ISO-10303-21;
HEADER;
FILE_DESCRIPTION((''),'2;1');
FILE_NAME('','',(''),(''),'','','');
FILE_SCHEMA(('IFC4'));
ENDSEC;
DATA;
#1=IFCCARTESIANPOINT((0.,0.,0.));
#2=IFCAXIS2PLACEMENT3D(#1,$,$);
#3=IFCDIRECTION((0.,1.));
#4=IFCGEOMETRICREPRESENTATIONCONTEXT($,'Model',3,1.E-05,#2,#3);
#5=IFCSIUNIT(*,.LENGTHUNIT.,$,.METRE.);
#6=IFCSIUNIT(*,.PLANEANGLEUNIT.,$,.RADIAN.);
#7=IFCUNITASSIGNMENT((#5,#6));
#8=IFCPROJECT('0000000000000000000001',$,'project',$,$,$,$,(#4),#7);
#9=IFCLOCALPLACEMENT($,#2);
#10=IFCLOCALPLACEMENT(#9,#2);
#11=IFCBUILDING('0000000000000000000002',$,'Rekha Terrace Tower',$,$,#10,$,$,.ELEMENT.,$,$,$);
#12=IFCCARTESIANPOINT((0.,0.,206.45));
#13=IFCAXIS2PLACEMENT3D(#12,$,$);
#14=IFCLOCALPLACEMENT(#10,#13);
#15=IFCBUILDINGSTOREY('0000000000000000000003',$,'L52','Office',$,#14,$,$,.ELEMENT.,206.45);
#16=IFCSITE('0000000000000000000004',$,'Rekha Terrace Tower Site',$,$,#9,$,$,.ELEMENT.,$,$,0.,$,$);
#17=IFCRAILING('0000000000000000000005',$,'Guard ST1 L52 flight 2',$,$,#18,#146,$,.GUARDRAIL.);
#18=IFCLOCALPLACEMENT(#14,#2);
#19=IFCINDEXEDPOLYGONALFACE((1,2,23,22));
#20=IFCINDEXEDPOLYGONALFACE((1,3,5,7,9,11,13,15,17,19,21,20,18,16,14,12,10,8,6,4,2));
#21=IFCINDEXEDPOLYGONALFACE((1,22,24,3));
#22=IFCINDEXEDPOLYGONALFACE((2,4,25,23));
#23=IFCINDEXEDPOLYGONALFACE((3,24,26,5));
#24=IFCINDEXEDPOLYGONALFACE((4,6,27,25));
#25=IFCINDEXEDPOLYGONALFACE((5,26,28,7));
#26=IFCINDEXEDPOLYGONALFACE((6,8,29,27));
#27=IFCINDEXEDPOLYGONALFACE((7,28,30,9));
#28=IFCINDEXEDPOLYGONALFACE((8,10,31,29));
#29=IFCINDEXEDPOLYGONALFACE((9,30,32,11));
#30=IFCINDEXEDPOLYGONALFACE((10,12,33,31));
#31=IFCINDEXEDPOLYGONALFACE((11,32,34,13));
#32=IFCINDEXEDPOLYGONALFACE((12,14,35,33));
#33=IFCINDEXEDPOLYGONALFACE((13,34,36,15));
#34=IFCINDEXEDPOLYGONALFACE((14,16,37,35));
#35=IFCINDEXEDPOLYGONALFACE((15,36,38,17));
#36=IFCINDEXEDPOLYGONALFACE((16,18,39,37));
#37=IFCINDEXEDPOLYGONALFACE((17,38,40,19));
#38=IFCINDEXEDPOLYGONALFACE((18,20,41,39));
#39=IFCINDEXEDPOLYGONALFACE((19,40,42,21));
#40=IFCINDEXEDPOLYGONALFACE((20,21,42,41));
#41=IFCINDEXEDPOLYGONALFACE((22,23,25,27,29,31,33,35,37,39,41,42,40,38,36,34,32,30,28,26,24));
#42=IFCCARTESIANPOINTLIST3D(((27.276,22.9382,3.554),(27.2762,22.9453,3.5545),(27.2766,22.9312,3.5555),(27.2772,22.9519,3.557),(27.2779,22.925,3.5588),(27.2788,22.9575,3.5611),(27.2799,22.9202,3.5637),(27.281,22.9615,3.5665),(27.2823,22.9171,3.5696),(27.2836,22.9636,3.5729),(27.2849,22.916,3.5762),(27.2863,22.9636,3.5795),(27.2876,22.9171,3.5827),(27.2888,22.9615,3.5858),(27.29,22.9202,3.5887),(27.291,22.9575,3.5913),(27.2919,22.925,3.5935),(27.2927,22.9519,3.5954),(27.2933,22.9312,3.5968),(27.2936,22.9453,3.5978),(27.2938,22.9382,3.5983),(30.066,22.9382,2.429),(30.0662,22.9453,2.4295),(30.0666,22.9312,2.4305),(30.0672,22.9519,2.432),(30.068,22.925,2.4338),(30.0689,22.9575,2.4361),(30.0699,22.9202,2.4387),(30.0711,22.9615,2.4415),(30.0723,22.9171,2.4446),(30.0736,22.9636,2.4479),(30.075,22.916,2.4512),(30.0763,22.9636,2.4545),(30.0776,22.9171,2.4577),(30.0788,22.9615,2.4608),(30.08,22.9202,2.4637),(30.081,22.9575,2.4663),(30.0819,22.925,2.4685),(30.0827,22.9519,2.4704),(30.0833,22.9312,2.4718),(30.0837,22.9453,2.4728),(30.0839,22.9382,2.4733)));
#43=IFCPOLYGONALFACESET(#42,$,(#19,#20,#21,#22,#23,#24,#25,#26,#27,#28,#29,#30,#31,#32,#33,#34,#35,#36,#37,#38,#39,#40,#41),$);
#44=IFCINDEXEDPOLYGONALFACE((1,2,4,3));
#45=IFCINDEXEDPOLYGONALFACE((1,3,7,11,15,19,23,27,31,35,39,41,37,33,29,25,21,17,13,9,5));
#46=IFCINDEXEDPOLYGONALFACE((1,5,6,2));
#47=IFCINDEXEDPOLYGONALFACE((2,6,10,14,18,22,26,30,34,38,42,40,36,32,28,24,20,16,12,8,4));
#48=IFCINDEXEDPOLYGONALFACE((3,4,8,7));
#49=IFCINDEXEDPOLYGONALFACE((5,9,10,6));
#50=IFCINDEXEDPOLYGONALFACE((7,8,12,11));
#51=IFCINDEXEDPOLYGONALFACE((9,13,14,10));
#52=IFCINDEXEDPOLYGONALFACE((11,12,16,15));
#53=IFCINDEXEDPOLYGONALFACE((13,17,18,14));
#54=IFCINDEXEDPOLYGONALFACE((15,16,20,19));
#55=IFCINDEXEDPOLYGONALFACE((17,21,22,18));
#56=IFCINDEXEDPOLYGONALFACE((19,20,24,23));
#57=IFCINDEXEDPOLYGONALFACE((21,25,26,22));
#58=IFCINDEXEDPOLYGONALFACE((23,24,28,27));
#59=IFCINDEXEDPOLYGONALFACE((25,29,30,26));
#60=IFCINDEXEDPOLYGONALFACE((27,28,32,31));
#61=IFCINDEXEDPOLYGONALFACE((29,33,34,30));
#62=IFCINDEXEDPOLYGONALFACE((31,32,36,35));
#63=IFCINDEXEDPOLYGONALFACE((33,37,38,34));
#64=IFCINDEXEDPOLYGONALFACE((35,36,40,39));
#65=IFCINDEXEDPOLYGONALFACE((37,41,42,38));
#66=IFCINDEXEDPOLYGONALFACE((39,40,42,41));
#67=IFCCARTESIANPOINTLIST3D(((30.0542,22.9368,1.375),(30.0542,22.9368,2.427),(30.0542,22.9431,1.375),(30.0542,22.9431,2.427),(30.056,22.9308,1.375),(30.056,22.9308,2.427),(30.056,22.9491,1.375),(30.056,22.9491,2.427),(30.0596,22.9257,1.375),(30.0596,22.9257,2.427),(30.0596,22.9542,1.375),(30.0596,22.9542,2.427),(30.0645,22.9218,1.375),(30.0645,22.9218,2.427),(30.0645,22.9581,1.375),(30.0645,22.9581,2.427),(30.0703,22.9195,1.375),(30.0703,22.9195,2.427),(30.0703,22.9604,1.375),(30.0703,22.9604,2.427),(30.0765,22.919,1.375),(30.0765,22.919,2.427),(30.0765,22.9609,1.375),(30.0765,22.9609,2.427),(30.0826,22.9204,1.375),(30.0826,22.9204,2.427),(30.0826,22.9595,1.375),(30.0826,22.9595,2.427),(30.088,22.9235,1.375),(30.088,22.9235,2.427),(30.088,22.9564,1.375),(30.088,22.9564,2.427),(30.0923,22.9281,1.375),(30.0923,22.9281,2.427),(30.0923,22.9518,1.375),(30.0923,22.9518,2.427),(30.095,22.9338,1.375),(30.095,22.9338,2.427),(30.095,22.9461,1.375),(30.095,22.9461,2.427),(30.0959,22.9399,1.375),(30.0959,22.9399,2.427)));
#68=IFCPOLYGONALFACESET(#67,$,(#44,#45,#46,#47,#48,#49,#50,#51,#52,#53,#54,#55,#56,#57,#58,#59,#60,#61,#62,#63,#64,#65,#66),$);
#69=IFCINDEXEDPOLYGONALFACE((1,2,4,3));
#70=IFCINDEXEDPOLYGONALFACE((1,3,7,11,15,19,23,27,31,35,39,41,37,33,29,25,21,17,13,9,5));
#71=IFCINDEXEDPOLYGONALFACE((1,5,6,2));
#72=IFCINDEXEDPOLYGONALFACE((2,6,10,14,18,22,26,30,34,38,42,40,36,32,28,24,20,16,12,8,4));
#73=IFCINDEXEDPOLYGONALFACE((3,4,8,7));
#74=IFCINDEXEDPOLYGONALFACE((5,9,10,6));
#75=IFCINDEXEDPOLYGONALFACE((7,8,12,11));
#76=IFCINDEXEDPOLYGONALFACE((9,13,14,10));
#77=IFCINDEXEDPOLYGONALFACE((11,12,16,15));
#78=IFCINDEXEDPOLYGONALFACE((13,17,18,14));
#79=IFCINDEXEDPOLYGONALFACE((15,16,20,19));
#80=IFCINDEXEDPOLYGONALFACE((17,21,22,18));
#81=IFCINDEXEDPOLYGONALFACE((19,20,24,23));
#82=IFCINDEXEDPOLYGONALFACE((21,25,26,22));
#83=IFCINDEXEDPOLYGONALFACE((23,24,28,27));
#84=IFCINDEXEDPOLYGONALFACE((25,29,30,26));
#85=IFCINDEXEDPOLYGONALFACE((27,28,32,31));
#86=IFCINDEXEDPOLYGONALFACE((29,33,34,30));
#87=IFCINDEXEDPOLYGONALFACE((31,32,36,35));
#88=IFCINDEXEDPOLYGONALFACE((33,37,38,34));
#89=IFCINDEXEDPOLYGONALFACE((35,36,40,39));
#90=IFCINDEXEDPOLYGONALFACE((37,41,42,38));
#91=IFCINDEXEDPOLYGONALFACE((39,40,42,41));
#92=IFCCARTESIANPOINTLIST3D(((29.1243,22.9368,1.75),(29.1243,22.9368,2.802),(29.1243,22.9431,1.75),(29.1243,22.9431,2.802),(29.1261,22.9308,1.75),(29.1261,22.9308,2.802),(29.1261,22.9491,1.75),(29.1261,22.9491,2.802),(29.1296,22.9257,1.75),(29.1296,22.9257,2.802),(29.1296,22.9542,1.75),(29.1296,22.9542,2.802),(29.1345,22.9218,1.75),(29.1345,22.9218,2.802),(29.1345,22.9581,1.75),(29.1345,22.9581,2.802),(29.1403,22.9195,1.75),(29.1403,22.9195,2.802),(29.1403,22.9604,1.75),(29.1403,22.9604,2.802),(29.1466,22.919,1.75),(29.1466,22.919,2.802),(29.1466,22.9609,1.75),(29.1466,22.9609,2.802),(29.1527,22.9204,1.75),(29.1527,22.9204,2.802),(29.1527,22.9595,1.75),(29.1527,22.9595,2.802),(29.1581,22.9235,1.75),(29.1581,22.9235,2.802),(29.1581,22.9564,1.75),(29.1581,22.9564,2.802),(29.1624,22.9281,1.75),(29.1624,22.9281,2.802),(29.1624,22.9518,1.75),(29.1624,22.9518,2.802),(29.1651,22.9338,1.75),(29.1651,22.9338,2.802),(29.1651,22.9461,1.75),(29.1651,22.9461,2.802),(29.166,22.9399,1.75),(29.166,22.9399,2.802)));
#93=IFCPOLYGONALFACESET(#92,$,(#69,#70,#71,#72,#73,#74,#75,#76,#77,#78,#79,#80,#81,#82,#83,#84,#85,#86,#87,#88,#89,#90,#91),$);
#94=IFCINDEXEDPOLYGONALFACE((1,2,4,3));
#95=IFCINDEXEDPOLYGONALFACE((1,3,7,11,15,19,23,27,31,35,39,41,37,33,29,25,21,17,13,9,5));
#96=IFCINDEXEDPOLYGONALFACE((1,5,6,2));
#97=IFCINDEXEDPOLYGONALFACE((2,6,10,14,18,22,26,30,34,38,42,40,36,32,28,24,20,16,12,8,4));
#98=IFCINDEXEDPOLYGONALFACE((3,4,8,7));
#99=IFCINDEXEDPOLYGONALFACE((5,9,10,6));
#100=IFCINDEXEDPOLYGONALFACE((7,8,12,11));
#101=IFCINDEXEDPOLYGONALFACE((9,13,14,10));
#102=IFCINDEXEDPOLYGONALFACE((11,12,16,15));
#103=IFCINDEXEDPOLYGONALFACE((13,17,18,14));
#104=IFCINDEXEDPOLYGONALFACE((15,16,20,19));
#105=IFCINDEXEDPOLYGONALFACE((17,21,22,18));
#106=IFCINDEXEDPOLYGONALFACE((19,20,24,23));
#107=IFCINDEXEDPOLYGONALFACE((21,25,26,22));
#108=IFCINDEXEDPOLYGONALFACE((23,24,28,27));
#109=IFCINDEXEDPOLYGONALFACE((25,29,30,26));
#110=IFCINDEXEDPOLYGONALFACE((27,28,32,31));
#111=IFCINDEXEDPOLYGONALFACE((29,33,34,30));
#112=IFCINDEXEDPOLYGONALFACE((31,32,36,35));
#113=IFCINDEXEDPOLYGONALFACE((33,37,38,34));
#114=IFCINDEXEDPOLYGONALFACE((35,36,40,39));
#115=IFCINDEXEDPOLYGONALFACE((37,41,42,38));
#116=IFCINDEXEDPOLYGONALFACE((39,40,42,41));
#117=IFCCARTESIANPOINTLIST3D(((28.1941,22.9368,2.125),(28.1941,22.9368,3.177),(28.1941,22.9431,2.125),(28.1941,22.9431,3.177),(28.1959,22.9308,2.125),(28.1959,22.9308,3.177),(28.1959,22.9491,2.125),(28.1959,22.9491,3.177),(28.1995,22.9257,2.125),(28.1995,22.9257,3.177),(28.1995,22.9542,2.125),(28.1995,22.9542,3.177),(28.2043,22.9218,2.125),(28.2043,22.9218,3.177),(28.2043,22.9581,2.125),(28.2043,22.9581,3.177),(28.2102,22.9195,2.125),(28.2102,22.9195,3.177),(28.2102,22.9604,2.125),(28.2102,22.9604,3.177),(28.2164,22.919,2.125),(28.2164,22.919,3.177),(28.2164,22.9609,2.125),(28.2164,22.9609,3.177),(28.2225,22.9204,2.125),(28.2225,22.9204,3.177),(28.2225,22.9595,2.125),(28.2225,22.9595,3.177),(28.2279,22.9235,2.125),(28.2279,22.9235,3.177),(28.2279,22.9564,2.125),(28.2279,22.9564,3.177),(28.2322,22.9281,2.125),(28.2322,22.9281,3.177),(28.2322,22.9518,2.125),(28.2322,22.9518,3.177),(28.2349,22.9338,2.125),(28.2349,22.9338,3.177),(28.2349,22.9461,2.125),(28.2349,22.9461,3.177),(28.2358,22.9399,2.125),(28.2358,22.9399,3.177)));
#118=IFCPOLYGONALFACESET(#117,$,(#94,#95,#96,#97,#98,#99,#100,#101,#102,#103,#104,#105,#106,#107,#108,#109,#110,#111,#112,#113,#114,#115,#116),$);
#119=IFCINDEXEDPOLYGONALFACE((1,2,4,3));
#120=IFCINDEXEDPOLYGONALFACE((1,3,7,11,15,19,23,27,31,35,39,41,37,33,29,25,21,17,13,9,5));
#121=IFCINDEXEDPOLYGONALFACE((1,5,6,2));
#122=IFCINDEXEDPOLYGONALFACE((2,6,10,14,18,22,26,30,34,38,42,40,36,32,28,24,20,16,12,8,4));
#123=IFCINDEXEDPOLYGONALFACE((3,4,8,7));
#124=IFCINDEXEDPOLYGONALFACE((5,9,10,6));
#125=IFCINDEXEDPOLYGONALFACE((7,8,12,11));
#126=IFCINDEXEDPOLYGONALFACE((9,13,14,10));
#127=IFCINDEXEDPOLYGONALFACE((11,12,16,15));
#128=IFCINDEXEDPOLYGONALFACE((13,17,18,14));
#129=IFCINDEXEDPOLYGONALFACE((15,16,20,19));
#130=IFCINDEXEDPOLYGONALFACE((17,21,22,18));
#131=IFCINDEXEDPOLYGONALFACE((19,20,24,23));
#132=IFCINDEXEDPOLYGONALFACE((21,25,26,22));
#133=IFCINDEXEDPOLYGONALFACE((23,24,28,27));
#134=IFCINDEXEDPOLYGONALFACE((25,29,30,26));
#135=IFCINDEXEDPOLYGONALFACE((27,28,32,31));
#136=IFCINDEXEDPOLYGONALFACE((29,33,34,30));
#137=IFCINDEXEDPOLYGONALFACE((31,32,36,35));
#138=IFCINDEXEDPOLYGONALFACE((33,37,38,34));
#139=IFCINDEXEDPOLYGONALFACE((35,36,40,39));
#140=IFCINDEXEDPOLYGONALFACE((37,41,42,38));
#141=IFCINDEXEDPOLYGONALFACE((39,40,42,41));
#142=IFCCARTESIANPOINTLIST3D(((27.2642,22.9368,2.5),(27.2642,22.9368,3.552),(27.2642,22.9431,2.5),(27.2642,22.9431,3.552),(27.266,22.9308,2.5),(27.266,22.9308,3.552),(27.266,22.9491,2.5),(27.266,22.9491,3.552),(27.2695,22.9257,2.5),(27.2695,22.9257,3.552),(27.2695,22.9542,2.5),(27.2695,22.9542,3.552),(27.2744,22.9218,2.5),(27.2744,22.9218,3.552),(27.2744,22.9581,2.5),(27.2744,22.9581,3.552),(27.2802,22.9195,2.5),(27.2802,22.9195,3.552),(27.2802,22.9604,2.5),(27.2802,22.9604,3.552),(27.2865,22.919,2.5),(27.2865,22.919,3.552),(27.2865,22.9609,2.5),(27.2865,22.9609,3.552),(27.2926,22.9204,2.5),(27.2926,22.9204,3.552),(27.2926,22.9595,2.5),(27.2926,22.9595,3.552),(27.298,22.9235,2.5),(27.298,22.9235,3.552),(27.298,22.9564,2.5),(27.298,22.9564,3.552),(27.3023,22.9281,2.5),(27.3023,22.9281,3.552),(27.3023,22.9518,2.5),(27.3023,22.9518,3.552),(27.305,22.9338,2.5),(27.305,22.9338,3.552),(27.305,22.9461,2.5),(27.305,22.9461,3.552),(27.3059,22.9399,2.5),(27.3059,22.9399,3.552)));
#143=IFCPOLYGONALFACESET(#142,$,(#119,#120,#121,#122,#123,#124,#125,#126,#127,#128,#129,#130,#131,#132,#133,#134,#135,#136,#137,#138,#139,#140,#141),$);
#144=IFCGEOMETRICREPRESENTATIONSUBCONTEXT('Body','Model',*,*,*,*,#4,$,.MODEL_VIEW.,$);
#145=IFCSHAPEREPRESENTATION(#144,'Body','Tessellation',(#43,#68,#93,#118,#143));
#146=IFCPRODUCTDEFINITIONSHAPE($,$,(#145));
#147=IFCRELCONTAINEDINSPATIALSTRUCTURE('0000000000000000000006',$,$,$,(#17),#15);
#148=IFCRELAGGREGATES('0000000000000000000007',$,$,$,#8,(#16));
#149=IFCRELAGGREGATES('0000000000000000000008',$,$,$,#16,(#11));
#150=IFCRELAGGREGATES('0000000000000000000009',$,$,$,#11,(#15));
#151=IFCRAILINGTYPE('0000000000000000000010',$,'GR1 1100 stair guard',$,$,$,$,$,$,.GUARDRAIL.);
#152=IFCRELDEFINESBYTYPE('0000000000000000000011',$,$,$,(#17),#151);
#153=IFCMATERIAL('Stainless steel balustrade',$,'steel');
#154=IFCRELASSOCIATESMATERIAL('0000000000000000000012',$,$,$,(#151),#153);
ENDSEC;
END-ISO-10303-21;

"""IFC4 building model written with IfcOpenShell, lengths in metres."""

from ifc_helpers import new_model, si_unit, direction, frame, origin, origin_2d, place, context, subcontext, project, spatial, circle, extrude, material, type_object, element, save


model = new_model("IFC4")

# Units and contexts
model_context = context("Model", 3, precision=1e-05, world=origin(), true_north=direction((0.0, 1.0)))
body_context = subcontext(model_context, "Body", "Model", "MODEL_VIEW")
ifc_project = project(units=[si_unit("LENGTHUNIT", "METRE"), si_unit("PLANEANGLEUNIT", "RADIAN")], contexts=[model_context])

# Site, building, storey
site_placement = place(None, origin())
site = spatial("IfcSite", under=ifc_project, at=site_placement, Name="Rekha Terrace Tower Site", CompositionType="ELEMENT", RefElevation=0.0)
building_placement = place(site_placement, origin())
building = spatial("IfcBuilding", under=site, at=building_placement, Name="Rekha Terrace Tower", CompositionType="ELEMENT")
storey_placement = place(building_placement, frame((0.0, 0.0, 206.45)))
storey = spatial("IfcBuildingStorey", under=building, at=storey_placement, Name="L52", Description="Office", CompositionType="ELEMENT", Elevation=206.45)

# Railing
ifc_material_1 = material(Name="Stainless steel balustrade", Category="steel")
railing_type_1 = type_object("IfcRailingType", Name="GR1 1100 stair guard", PredefinedType="GUARDRAIL", material=ifc_material_1)
railing_1_placement = place(storey_placement, frame((30.075, 22.9399, 1.375)))
element("IfcRailing", 1, at=railing_1_placement, inside=storey, type_object=railing_type_1, Name="Guard ST1 L52 flight 2", PredefinedType="GUARDRAIL", context=body_context, shape_type="SweptSolid", body=[
    extrude(circle(Radius=0.0239, at=origin_2d()), frame((0.0, 0.0, 1.0762), z_axis=(-0.927443, 0.0, 0.373964), x_axis=(0.0, -1.0, 0.0)), (0.0, 0.0, 1.0), 3.0083),
    extrude(circle(Radius=0.021, at=origin_2d()), origin(), (0.0, 0.0, 1.0), 1.052),
    extrude(circle(Radius=0.021, at=origin_2d()), frame((-0.9299, 0.0, 0.375)), (0.0, 0.0, 1.0), 1.052),
    extrude(circle(Radius=0.021, at=origin_2d()), frame((-1.8601, 0.0, 0.75)), (0.0, 0.0, 1.0), 1.052),
    extrude(circle(Radius=0.021, at=origin_2d()), frame((-2.79, 0.0, 1.125)), (0.0, 0.0, 1.0), 1.052),
])

save(model, "model.ifc")
